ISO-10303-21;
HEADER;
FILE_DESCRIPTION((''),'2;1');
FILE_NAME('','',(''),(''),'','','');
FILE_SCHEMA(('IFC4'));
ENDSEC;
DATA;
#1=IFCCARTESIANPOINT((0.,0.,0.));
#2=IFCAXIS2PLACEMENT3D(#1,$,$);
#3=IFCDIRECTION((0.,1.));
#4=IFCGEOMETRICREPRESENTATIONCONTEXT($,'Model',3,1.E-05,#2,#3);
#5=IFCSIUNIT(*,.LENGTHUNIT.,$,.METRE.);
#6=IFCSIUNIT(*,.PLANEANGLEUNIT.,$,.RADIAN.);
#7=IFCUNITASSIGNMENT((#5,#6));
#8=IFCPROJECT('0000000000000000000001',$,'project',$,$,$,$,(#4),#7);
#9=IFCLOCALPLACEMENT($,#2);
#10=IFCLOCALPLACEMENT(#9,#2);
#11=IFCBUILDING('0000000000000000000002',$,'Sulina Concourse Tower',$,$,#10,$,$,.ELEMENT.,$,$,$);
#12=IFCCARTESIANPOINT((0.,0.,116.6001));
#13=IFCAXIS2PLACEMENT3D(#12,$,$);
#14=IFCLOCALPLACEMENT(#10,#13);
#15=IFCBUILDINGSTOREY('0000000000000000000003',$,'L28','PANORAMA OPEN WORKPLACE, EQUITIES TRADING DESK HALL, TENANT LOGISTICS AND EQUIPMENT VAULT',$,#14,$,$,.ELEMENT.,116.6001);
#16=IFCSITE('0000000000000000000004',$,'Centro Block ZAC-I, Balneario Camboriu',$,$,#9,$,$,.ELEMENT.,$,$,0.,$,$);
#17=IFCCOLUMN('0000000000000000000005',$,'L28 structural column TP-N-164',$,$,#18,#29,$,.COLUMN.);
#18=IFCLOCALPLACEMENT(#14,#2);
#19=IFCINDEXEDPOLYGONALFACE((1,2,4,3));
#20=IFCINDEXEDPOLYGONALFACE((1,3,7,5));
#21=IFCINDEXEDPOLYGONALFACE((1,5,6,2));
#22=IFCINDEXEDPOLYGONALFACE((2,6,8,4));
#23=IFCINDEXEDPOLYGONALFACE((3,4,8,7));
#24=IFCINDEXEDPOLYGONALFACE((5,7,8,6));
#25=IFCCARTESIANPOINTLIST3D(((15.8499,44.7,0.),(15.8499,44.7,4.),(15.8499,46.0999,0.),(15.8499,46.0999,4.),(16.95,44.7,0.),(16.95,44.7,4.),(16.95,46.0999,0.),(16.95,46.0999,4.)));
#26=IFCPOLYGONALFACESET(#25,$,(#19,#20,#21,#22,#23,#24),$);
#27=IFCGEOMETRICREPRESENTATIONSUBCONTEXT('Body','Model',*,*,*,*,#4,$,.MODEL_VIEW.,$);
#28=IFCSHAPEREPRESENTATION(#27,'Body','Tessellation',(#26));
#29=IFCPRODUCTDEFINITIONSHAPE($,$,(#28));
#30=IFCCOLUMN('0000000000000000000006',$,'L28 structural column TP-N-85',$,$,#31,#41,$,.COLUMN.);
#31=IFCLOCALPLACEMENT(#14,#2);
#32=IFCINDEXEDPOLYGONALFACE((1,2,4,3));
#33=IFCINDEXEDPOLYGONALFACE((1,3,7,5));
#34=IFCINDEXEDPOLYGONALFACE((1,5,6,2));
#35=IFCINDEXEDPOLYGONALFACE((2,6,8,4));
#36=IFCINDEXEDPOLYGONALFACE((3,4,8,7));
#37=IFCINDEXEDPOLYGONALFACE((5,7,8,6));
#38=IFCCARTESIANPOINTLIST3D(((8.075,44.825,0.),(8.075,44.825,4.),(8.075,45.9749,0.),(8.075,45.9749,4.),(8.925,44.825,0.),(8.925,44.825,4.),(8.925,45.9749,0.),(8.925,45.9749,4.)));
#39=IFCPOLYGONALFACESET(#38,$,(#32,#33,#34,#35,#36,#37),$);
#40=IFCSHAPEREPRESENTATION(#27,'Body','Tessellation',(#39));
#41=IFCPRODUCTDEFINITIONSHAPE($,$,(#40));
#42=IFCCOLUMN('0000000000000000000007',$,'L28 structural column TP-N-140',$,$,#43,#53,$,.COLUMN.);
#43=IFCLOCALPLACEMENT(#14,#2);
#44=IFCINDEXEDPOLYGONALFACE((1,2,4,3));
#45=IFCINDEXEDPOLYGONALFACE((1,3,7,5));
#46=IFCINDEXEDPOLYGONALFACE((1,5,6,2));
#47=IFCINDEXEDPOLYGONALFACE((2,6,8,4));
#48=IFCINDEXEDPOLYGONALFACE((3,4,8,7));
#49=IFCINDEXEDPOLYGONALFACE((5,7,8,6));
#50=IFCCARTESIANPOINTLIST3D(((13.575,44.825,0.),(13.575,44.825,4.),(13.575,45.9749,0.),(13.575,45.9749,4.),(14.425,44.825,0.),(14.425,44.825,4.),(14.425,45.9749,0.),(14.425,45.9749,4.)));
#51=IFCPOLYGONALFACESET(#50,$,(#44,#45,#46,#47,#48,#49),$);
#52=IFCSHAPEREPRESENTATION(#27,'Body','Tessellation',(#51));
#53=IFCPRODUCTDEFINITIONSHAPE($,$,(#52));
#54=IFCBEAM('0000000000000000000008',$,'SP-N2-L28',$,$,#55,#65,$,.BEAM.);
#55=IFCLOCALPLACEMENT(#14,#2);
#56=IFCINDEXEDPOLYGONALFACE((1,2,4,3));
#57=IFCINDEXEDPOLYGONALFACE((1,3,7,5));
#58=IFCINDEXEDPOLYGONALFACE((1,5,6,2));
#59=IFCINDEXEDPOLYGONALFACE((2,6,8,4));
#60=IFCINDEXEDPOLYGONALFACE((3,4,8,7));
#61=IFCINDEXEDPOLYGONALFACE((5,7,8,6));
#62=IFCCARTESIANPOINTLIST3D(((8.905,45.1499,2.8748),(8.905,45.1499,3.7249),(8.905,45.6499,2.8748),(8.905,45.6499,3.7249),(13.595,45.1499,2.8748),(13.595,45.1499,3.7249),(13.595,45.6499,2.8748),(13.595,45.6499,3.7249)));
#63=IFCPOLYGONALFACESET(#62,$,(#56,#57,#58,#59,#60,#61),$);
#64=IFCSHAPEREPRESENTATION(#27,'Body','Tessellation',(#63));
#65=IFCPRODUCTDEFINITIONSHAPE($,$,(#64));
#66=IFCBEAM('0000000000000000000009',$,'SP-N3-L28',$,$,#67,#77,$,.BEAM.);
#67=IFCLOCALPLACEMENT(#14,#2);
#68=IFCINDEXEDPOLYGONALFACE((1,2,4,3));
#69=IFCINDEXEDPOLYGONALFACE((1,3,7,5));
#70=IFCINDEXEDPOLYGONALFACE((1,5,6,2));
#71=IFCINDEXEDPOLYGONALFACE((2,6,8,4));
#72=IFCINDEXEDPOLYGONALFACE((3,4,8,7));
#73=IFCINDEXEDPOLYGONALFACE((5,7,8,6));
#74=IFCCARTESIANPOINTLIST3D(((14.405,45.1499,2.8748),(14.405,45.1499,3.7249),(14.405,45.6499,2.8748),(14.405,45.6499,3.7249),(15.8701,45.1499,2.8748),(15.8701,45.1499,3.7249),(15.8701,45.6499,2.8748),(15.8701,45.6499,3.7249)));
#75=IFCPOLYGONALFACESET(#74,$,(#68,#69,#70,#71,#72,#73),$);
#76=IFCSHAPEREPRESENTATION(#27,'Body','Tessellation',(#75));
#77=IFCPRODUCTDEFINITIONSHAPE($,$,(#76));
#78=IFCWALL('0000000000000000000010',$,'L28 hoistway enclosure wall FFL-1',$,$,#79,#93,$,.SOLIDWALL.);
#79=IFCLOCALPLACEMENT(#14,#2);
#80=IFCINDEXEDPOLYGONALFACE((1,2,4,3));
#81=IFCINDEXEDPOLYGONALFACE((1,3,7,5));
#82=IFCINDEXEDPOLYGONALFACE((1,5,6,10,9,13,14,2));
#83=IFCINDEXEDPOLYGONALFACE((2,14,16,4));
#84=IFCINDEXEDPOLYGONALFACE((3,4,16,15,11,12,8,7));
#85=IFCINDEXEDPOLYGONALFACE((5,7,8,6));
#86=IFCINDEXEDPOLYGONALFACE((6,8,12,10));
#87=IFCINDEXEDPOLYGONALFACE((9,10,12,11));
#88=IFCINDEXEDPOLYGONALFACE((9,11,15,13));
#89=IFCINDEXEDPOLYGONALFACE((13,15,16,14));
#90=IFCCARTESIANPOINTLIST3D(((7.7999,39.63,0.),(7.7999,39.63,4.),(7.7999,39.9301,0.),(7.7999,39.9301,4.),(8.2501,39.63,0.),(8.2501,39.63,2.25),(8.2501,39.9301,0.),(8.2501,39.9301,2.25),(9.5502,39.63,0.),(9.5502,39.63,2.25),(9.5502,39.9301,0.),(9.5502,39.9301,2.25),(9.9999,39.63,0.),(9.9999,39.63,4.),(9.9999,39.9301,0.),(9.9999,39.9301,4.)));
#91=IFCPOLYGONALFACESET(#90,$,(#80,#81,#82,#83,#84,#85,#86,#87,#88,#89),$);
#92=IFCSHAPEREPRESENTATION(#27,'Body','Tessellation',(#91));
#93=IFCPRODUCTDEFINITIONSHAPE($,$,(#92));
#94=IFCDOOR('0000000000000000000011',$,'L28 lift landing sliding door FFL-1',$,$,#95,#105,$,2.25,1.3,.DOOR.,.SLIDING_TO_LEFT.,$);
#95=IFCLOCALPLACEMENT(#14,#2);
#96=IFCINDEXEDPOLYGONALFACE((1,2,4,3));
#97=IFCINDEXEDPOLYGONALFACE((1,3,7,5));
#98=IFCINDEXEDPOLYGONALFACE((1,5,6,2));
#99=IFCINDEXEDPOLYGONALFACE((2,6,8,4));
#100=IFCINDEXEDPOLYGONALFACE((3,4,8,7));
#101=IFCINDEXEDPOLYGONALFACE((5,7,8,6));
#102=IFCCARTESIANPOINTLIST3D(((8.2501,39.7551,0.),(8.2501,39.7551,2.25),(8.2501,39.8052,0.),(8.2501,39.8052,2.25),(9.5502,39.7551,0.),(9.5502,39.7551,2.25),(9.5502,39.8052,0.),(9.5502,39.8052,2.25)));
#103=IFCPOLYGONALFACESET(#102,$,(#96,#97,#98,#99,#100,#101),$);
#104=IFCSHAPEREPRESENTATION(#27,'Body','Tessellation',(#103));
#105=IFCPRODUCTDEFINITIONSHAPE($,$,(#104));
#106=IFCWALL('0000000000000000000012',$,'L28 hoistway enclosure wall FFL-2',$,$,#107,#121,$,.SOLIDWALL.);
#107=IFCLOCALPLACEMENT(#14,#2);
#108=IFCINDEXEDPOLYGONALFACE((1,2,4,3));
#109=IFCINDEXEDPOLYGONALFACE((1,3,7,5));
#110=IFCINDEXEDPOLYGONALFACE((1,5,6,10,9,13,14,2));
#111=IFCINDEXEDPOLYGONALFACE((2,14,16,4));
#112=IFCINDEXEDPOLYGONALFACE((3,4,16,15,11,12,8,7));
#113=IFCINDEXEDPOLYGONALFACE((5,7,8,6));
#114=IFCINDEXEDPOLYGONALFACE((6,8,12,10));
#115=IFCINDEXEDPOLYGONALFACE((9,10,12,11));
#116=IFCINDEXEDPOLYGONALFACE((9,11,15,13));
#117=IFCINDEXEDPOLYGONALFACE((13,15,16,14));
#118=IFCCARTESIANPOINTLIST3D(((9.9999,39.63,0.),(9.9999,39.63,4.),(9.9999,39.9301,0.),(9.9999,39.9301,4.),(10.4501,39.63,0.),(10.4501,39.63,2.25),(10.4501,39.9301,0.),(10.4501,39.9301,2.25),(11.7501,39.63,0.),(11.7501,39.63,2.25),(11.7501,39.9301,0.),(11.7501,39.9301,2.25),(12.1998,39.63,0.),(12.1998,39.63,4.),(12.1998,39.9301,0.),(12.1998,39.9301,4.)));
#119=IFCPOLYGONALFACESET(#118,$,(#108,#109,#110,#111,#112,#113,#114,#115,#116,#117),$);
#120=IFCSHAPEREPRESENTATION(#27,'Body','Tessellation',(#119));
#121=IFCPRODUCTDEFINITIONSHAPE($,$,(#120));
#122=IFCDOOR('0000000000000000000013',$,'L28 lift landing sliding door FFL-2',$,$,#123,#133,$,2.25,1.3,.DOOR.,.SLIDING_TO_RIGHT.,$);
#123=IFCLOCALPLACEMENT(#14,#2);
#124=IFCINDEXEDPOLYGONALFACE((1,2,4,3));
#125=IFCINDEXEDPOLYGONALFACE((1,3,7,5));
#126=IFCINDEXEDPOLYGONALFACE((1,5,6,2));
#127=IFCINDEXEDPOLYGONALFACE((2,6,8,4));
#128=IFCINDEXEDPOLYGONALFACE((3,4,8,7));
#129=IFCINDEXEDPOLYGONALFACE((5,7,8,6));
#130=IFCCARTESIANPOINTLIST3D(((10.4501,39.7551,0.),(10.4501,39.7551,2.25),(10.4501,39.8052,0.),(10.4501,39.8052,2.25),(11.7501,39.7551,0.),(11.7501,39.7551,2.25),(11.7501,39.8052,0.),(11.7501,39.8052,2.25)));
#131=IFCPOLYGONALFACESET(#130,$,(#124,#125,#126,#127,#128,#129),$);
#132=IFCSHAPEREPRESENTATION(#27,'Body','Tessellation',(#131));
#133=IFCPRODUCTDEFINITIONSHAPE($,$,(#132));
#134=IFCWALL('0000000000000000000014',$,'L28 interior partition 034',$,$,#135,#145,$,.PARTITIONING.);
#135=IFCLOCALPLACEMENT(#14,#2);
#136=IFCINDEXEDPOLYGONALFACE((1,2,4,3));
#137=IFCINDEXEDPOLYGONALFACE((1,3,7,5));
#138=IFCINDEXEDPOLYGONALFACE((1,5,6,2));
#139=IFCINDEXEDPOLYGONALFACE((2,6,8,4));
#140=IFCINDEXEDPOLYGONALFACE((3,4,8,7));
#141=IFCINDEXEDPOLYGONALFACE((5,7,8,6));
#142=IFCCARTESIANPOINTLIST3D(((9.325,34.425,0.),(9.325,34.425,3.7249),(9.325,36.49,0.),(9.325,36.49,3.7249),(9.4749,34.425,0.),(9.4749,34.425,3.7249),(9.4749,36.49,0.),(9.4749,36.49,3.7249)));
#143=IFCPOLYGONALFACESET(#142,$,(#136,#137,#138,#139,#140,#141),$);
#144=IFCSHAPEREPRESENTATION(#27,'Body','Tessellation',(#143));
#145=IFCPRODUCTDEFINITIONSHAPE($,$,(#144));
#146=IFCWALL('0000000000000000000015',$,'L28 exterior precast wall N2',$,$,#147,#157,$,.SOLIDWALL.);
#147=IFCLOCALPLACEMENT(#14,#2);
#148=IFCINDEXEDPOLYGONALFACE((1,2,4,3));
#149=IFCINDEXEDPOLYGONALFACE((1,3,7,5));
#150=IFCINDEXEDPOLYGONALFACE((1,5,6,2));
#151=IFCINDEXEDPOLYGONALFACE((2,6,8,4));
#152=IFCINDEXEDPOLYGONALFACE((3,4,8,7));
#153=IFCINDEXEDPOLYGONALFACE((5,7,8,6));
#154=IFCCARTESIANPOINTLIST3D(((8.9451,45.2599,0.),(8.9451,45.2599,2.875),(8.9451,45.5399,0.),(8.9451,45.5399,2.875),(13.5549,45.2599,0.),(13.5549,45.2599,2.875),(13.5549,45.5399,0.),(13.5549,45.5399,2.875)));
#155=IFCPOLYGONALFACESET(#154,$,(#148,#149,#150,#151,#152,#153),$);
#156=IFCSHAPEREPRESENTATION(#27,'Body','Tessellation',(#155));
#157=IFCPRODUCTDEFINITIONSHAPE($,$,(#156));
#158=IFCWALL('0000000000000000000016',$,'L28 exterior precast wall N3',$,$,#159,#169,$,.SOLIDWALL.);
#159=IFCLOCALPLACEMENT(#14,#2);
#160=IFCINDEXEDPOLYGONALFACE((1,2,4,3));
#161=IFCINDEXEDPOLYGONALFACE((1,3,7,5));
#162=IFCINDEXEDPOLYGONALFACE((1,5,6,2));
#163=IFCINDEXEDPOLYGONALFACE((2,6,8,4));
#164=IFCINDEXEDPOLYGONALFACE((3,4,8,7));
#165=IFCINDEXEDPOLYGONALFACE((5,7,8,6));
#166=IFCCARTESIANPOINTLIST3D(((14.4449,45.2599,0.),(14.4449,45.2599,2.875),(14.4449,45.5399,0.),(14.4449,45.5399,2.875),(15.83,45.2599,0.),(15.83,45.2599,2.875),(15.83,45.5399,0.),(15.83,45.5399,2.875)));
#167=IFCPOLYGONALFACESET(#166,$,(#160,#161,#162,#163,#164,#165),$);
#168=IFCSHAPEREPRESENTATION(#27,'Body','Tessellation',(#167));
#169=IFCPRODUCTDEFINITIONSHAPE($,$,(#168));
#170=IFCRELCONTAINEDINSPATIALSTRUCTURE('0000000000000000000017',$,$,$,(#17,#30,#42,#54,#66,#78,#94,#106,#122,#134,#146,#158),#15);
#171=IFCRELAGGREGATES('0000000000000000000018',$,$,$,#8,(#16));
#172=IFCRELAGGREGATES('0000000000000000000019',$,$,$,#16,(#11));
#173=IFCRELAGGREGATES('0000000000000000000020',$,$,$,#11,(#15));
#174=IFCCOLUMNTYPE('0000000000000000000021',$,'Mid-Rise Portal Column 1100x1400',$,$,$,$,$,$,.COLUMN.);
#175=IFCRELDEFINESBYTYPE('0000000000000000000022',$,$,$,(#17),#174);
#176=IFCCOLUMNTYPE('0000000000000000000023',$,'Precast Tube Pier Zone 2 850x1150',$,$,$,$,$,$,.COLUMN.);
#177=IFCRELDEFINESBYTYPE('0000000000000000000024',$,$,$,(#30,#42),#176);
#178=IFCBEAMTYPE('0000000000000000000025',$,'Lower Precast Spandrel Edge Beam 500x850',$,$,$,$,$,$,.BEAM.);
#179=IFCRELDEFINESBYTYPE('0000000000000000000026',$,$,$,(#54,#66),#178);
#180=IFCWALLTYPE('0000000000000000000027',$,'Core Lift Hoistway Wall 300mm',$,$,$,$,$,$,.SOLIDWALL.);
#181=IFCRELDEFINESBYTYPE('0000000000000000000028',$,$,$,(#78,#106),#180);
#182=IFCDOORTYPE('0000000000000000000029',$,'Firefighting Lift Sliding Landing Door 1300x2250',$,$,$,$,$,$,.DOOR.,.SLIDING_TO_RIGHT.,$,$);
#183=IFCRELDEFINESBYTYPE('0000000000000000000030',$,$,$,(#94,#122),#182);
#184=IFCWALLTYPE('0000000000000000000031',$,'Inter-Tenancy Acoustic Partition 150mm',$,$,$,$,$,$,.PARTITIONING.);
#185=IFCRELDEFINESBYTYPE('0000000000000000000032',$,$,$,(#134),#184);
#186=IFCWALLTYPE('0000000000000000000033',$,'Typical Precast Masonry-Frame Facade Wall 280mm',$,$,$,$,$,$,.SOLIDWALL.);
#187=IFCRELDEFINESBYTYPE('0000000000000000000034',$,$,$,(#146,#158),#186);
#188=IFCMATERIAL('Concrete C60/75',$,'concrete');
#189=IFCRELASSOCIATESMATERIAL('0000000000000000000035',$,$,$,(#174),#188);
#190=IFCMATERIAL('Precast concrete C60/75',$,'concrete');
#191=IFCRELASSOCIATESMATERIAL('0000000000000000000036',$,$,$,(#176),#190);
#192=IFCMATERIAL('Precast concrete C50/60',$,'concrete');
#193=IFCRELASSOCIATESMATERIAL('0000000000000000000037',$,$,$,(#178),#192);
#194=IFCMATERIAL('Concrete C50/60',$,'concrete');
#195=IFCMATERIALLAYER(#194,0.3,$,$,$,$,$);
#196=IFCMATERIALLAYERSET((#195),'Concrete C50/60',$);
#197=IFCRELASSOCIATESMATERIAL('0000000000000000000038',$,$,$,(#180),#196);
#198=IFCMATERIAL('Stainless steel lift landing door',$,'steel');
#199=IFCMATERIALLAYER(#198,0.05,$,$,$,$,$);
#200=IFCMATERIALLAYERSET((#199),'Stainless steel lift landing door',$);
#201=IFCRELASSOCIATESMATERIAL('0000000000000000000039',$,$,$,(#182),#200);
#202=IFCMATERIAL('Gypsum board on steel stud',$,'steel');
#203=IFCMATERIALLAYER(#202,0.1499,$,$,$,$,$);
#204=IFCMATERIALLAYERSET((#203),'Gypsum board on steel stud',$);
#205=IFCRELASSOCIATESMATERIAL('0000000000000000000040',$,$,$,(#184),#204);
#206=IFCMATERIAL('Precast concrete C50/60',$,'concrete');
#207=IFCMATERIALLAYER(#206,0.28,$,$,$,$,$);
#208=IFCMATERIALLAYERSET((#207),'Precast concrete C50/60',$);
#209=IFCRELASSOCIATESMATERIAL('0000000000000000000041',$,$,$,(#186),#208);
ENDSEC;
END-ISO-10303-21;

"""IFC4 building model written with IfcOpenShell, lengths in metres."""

from ifc_helpers import new_model, si_unit, direction, frame, frame_2d, origin, origin_2d, place, context, subcontext, project, spatial, rectangle, extrude, material, layer, layer_set, material_profile, profile_set, type_object, element, fill, save


model = new_model("IFC4")

# Units and contexts
model_context = context("Model", 3, precision=1e-05, world=origin(), true_north=direction((0.0, 1.0)))
body_context = subcontext(model_context, "Body", "Model", "MODEL_VIEW")
ifc_project = project(units=[si_unit("LENGTHUNIT", "METRE"), si_unit("PLANEANGLEUNIT", "RADIAN")], contexts=[model_context])

# Site, building, storey
site_placement = place(None, origin())
site = spatial("IfcSite", under=ifc_project, at=site_placement, Name="Centro Block ZAC-I, Balneario Camboriu", CompositionType="ELEMENT", RefElevation=0.0)
building_placement = place(site_placement, origin())
building = spatial("IfcBuilding", under=site, at=building_placement, Name="Sulina Concourse Tower", CompositionType="ELEMENT")
storey_placement = place(building_placement, frame((0.0, 0.0, 116.6001)))
storey = spatial("IfcBuildingStorey", under=building, at=storey_placement, Name="L28", Description="PANORAMA OPEN WORKPLACE, EQUITIES TRADING DESK HALL, TENANT LOGISTICS AND EQUIPMENT VAULT", CompositionType="ELEMENT", Elevation=116.6001)

# Columns
ifc_material_1 = material(Name="Concrete C60/75", Category="concrete")
ifc_material_profile_1 = material_profile(ifc_material_1, rectangle(XDim=1.1001, YDim=1.3999, at=origin_2d()), Name="RC 1100x1400")
ifc_profile_set_1 = profile_set([ifc_material_profile_1], Name="Concrete C60/75")
column_type_1 = type_object("IfcColumnType", Name="Mid-Rise Portal Column 1100x1400", PredefinedType="COLUMN", material=ifc_profile_set_1)
column_placement = place(storey_placement, frame((16.3999, 45.3999, 0.0), z_axis=(0.0, 0.0, 1.0), x_axis=(1.0, 0.0, 0.0)))
element("IfcColumn", 1, at=column_placement, inside=storey, type_object=column_type_1, Name="L28 structural column TP-N-164", PredefinedType="COLUMN", context=body_context, shape_type="SweptSolid", body=[
    extrude(rectangle(XDim=1.1001, YDim=1.3999, at=origin_2d()), origin(), (0.0, 0.0, 1.0), 4.0),
])
ifc_material_2 = material(Name="Precast concrete C60/75", Category="concrete")
ifc_material_profile_2 = material_profile(ifc_material_2, rectangle(XDim=0.8501, YDim=1.1499, at=origin_2d()), Name="PC 850x1150")
ifc_profile_set_2 = profile_set([ifc_material_profile_2], Name="Precast concrete C60/75")
column_type_2 = type_object("IfcColumnType", Name="Precast Tube Pier Zone 2 850x1150", PredefinedType="COLUMN", material=ifc_profile_set_2)
for number, where, z_axis, x_axis, name in (
    (2, (8.5, 45.3999, 0.0), (0.0, 0.0, 1.0), (1.0, 0.0, 0.0), "L28 structural column TP-N-85"),
    (3, (14.0, 45.3999, 0.0), (0.0, 0.0, 1.0), (1.0, 0.0, 0.0), "L28 structural column TP-N-140"),
):
    element("IfcColumn", number, at=place(storey_placement, frame(where, z_axis=z_axis, x_axis=x_axis)), inside=storey, type_object=column_type_2, Name=name, PredefinedType="COLUMN", context=body_context, shape_type="SweptSolid", body=[
        extrude(rectangle(XDim=0.8501, YDim=1.1499, at=origin_2d()), origin(), (0.0, 0.0, 1.0), 4.0),
    ])

# Beams
ifc_material_3 = material(Name="Precast concrete C50/60", Category="concrete")
ifc_material_profile_3 = material_profile(ifc_material_3, rectangle(XDim=0.5, YDim=0.8501, at=origin_2d()), Name="RC 500x850")
ifc_profile_set_3 = profile_set([ifc_material_profile_3], Name="Precast concrete C50/60")
beam_type = type_object("IfcBeamType", Name="Lower Precast Spandrel Edge Beam 500x850", PredefinedType="BEAM", material=ifc_profile_set_3)
beam_1_placement = place(storey_placement, frame((8.905, 45.3999, 3.2998), z_axis=(1.0, 0.0, 0.0), x_axis=(0.0, 1.0, 0.0)))
element("IfcBeam", 4, at=beam_1_placement, inside=storey, type_object=beam_type, Name="SP-N2-L28", PredefinedType="BEAM", context=body_context, shape_type="SweptSolid", body=[
    extrude(rectangle(XDim=0.5, YDim=0.8501, at=origin_2d()), origin(), (0.0, 0.0, 1.0), 4.6899),
])
beam_2_placement = place(storey_placement, frame((14.405, 45.3999, 3.2998), z_axis=(1.0, 0.0, 0.0), x_axis=(0.0, 1.0, 0.0)))
element("IfcBeam", 5, at=beam_2_placement, inside=storey, type_object=beam_type, Name="SP-N3-L28", PredefinedType="BEAM", context=body_context, shape_type="SweptSolid", body=[
    extrude(rectangle(XDim=0.5, YDim=0.8501, at=origin_2d()), origin(), (0.0, 0.0, 1.0), 1.4651),
])

# Walls, openings, doors
ifc_material_4 = material(Name="Concrete C50/60", Category="concrete")
ifc_layer_1 = layer(ifc_material_4, 0.3)
ifc_layer_set_1 = layer_set([ifc_layer_1], Name="Concrete C50/60")
wall_type_1 = type_object("IfcWallType", Name="Core Lift Hoistway Wall 300mm", PredefinedType="SOLIDWALL", material=ifc_layer_set_1)
wall_1_placement = place(storey_placement, frame((10.0, 39.78, 0.0), z_axis=(0.0, 0.0, 1.0), x_axis=(-1.0, 0.0, 0.0)))
wall_1 = element("IfcWall", 6, at=wall_1_placement, inside=storey, type_object=wall_type_1, Name="L28 hoistway enclosure wall FFL-1", PredefinedType="SOLIDWALL", context=body_context, shape_type="SweptSolid", body=[
    extrude(rectangle(XDim=2.2, YDim=0.3, at=frame_2d((1.1001, 0.0))), origin(), (0.0, 0.0, 1.0), 4.0),
])
opening_1_placement = place(wall_1_placement, frame((0.45, 0.0, 0.0)))
opening_1 = element("IfcOpeningElement", 7, at=opening_1_placement, cuts=wall_1, PredefinedType="OPENING", context=body_context, shape_type="SweptSolid", body=[
    extrude(rectangle(XDim=1.3, YDim=2.25, at=frame_2d((0.6499, 1.125))), frame((0.0, 0.1599, 0.0), z_axis=(0.0, -1.0, 0.0), x_axis=(1.0, 0.0, 0.0)), (0.0, 0.0, 1.0), 0.3201),
])
ifc_material_5 = material(Name="Stainless steel lift landing door", Category="steel")
ifc_layer_2 = layer(ifc_material_5, 0.05)
ifc_layer_set_2 = layer_set([ifc_layer_2], Name="Stainless steel lift landing door")
door_type = type_object("IfcDoorType", Name="Firefighting Lift Sliding Landing Door 1300x2250", OperationType="SLIDING_TO_RIGHT", PredefinedType="DOOR", material=ifc_layer_set_2)
door_1_placement = place(opening_1_placement, origin())
door_1 = element("IfcDoor", 8, at=door_1_placement, inside=storey, type_object=door_type, Name="L28 lift landing sliding door FFL-1", OperationType="SLIDING_TO_LEFT", OverallHeight=2.25, OverallWidth=1.3, PredefinedType="DOOR", context=body_context, shape_type="SweptSolid", body=[
    extrude(rectangle(XDim=1.3, YDim=2.25, at=frame_2d((0.6499, 1.125))), frame((0.0, 0.0249, 0.0), z_axis=(0.0, -1.0, 0.0), x_axis=(1.0, 0.0, 0.0)), (0.0, 0.0, 1.0), 0.05),
])
fill(opening_1, door_1)
wall_2_placement = place(storey_placement, frame((12.2, 39.78, 0.0), z_axis=(0.0, 0.0, 1.0), x_axis=(-1.0, 0.0, 0.0)))
wall_2 = element("IfcWall", 9, at=wall_2_placement, inside=storey, type_object=wall_type_1, Name="L28 hoistway enclosure wall FFL-2", PredefinedType="SOLIDWALL", context=body_context, shape_type="SweptSolid", body=[
    extrude(rectangle(XDim=2.2, YDim=0.3, at=frame_2d((1.1001, 0.0))), origin(), (0.0, 0.0, 1.0), 4.0),
])
opening_2_placement = place(wall_2_placement, frame((0.45, 0.0, 0.0)))
opening_2 = element("IfcOpeningElement", 10, at=opening_2_placement, cuts=wall_2, PredefinedType="OPENING", context=body_context, shape_type="SweptSolid", body=[
    extrude(rectangle(XDim=1.3, YDim=2.25, at=frame_2d((0.6499, 1.125))), frame((0.0, 0.1599, 0.0), z_axis=(0.0, -1.0, 0.0), x_axis=(1.0, 0.0, 0.0)), (0.0, 0.0, 1.0), 0.3201),
])
door_2_placement = place(opening_2_placement, origin())
door_2 = element("IfcDoor", 11, at=door_2_placement, inside=storey, type_object=door_type, Name="L28 lift landing sliding door FFL-2", OperationType="SLIDING_TO_RIGHT", OverallHeight=2.25, OverallWidth=1.3, PredefinedType="DOOR", context=body_context, shape_type="SweptSolid", body=[
    extrude(rectangle(XDim=1.3, YDim=2.25, at=frame_2d((0.6499, 1.125))), frame((0.0, 0.0249, 0.0), z_axis=(0.0, -1.0, 0.0), x_axis=(1.0, 0.0, 0.0)), (0.0, 0.0, 1.0), 0.05),
])
fill(opening_2, door_2)

# Walls
ifc_material_6 = material(Name="Gypsum board on steel stud", Category="steel")
ifc_layer_3 = layer(ifc_material_6, 0.1499)
ifc_layer_set_3 = layer_set([ifc_layer_3], Name="Gypsum board on steel stud")
wall_type_2 = type_object("IfcWallType", Name="Inter-Tenancy Acoustic Partition 150mm", PredefinedType="PARTITIONING", material=ifc_layer_set_3)
wall_3_placement = place(storey_placement, frame((9.3999, 34.425, 0.0), z_axis=(0.0, 0.0, 1.0), x_axis=(0.0, 1.0, 0.0)))
element("IfcWall", 12, at=wall_3_placement, inside=storey, type_object=wall_type_2, Name="L28 interior partition 034", PredefinedType="PARTITIONING", context=body_context, shape_type="SweptSolid", body=[
    extrude(rectangle(XDim=2.0649, YDim=0.1499, at=frame_2d((1.0325, 0.0))), origin(), (0.0, 0.0, 1.0), 3.7249),
])
ifc_material_7 = material(Name="Precast concrete C50/60", Category="concrete")
ifc_layer_4 = layer(ifc_material_7, 0.28)
ifc_layer_set_4 = layer_set([ifc_layer_4], Name="Precast concrete C50/60")
wall_type_3 = type_object("IfcWallType", Name="Typical Precast Masonry-Frame Facade Wall 280mm", PredefinedType="SOLIDWALL", material=ifc_layer_set_4)
wall_4_placement = place(storey_placement, frame((8.9451, 45.3999, 0.0), z_axis=(0.0, 0.0, 1.0), x_axis=(1.0, 0.0, 0.0)))
element("IfcWall", 13, at=wall_4_placement, inside=storey, type_object=wall_type_3, Name="L28 exterior precast wall N2", PredefinedType="SOLIDWALL", context=body_context, shape_type="SweptSolid", body=[
    extrude(rectangle(XDim=4.6099, YDim=0.28, at=frame_2d((2.3049, 0.0))), origin(), (0.0, 0.0, 1.0), 2.875),
])
wall_5_placement = place(storey_placement, frame((14.4451, 45.3999, 0.0), z_axis=(0.0, 0.0, 1.0), x_axis=(1.0, 0.0, 0.0)))
element("IfcWall", 14, at=wall_5_placement, inside=storey, type_object=wall_type_3, Name="L28 exterior precast wall N3", PredefinedType="SOLIDWALL", context=body_context, shape_type="SweptSolid", body=[
    extrude(rectangle(XDim=1.385, YDim=0.28, at=frame_2d((0.6924, 0.0))), origin(), (0.0, 0.0, 1.0), 2.875),
])

save(model, "model.ifc")
